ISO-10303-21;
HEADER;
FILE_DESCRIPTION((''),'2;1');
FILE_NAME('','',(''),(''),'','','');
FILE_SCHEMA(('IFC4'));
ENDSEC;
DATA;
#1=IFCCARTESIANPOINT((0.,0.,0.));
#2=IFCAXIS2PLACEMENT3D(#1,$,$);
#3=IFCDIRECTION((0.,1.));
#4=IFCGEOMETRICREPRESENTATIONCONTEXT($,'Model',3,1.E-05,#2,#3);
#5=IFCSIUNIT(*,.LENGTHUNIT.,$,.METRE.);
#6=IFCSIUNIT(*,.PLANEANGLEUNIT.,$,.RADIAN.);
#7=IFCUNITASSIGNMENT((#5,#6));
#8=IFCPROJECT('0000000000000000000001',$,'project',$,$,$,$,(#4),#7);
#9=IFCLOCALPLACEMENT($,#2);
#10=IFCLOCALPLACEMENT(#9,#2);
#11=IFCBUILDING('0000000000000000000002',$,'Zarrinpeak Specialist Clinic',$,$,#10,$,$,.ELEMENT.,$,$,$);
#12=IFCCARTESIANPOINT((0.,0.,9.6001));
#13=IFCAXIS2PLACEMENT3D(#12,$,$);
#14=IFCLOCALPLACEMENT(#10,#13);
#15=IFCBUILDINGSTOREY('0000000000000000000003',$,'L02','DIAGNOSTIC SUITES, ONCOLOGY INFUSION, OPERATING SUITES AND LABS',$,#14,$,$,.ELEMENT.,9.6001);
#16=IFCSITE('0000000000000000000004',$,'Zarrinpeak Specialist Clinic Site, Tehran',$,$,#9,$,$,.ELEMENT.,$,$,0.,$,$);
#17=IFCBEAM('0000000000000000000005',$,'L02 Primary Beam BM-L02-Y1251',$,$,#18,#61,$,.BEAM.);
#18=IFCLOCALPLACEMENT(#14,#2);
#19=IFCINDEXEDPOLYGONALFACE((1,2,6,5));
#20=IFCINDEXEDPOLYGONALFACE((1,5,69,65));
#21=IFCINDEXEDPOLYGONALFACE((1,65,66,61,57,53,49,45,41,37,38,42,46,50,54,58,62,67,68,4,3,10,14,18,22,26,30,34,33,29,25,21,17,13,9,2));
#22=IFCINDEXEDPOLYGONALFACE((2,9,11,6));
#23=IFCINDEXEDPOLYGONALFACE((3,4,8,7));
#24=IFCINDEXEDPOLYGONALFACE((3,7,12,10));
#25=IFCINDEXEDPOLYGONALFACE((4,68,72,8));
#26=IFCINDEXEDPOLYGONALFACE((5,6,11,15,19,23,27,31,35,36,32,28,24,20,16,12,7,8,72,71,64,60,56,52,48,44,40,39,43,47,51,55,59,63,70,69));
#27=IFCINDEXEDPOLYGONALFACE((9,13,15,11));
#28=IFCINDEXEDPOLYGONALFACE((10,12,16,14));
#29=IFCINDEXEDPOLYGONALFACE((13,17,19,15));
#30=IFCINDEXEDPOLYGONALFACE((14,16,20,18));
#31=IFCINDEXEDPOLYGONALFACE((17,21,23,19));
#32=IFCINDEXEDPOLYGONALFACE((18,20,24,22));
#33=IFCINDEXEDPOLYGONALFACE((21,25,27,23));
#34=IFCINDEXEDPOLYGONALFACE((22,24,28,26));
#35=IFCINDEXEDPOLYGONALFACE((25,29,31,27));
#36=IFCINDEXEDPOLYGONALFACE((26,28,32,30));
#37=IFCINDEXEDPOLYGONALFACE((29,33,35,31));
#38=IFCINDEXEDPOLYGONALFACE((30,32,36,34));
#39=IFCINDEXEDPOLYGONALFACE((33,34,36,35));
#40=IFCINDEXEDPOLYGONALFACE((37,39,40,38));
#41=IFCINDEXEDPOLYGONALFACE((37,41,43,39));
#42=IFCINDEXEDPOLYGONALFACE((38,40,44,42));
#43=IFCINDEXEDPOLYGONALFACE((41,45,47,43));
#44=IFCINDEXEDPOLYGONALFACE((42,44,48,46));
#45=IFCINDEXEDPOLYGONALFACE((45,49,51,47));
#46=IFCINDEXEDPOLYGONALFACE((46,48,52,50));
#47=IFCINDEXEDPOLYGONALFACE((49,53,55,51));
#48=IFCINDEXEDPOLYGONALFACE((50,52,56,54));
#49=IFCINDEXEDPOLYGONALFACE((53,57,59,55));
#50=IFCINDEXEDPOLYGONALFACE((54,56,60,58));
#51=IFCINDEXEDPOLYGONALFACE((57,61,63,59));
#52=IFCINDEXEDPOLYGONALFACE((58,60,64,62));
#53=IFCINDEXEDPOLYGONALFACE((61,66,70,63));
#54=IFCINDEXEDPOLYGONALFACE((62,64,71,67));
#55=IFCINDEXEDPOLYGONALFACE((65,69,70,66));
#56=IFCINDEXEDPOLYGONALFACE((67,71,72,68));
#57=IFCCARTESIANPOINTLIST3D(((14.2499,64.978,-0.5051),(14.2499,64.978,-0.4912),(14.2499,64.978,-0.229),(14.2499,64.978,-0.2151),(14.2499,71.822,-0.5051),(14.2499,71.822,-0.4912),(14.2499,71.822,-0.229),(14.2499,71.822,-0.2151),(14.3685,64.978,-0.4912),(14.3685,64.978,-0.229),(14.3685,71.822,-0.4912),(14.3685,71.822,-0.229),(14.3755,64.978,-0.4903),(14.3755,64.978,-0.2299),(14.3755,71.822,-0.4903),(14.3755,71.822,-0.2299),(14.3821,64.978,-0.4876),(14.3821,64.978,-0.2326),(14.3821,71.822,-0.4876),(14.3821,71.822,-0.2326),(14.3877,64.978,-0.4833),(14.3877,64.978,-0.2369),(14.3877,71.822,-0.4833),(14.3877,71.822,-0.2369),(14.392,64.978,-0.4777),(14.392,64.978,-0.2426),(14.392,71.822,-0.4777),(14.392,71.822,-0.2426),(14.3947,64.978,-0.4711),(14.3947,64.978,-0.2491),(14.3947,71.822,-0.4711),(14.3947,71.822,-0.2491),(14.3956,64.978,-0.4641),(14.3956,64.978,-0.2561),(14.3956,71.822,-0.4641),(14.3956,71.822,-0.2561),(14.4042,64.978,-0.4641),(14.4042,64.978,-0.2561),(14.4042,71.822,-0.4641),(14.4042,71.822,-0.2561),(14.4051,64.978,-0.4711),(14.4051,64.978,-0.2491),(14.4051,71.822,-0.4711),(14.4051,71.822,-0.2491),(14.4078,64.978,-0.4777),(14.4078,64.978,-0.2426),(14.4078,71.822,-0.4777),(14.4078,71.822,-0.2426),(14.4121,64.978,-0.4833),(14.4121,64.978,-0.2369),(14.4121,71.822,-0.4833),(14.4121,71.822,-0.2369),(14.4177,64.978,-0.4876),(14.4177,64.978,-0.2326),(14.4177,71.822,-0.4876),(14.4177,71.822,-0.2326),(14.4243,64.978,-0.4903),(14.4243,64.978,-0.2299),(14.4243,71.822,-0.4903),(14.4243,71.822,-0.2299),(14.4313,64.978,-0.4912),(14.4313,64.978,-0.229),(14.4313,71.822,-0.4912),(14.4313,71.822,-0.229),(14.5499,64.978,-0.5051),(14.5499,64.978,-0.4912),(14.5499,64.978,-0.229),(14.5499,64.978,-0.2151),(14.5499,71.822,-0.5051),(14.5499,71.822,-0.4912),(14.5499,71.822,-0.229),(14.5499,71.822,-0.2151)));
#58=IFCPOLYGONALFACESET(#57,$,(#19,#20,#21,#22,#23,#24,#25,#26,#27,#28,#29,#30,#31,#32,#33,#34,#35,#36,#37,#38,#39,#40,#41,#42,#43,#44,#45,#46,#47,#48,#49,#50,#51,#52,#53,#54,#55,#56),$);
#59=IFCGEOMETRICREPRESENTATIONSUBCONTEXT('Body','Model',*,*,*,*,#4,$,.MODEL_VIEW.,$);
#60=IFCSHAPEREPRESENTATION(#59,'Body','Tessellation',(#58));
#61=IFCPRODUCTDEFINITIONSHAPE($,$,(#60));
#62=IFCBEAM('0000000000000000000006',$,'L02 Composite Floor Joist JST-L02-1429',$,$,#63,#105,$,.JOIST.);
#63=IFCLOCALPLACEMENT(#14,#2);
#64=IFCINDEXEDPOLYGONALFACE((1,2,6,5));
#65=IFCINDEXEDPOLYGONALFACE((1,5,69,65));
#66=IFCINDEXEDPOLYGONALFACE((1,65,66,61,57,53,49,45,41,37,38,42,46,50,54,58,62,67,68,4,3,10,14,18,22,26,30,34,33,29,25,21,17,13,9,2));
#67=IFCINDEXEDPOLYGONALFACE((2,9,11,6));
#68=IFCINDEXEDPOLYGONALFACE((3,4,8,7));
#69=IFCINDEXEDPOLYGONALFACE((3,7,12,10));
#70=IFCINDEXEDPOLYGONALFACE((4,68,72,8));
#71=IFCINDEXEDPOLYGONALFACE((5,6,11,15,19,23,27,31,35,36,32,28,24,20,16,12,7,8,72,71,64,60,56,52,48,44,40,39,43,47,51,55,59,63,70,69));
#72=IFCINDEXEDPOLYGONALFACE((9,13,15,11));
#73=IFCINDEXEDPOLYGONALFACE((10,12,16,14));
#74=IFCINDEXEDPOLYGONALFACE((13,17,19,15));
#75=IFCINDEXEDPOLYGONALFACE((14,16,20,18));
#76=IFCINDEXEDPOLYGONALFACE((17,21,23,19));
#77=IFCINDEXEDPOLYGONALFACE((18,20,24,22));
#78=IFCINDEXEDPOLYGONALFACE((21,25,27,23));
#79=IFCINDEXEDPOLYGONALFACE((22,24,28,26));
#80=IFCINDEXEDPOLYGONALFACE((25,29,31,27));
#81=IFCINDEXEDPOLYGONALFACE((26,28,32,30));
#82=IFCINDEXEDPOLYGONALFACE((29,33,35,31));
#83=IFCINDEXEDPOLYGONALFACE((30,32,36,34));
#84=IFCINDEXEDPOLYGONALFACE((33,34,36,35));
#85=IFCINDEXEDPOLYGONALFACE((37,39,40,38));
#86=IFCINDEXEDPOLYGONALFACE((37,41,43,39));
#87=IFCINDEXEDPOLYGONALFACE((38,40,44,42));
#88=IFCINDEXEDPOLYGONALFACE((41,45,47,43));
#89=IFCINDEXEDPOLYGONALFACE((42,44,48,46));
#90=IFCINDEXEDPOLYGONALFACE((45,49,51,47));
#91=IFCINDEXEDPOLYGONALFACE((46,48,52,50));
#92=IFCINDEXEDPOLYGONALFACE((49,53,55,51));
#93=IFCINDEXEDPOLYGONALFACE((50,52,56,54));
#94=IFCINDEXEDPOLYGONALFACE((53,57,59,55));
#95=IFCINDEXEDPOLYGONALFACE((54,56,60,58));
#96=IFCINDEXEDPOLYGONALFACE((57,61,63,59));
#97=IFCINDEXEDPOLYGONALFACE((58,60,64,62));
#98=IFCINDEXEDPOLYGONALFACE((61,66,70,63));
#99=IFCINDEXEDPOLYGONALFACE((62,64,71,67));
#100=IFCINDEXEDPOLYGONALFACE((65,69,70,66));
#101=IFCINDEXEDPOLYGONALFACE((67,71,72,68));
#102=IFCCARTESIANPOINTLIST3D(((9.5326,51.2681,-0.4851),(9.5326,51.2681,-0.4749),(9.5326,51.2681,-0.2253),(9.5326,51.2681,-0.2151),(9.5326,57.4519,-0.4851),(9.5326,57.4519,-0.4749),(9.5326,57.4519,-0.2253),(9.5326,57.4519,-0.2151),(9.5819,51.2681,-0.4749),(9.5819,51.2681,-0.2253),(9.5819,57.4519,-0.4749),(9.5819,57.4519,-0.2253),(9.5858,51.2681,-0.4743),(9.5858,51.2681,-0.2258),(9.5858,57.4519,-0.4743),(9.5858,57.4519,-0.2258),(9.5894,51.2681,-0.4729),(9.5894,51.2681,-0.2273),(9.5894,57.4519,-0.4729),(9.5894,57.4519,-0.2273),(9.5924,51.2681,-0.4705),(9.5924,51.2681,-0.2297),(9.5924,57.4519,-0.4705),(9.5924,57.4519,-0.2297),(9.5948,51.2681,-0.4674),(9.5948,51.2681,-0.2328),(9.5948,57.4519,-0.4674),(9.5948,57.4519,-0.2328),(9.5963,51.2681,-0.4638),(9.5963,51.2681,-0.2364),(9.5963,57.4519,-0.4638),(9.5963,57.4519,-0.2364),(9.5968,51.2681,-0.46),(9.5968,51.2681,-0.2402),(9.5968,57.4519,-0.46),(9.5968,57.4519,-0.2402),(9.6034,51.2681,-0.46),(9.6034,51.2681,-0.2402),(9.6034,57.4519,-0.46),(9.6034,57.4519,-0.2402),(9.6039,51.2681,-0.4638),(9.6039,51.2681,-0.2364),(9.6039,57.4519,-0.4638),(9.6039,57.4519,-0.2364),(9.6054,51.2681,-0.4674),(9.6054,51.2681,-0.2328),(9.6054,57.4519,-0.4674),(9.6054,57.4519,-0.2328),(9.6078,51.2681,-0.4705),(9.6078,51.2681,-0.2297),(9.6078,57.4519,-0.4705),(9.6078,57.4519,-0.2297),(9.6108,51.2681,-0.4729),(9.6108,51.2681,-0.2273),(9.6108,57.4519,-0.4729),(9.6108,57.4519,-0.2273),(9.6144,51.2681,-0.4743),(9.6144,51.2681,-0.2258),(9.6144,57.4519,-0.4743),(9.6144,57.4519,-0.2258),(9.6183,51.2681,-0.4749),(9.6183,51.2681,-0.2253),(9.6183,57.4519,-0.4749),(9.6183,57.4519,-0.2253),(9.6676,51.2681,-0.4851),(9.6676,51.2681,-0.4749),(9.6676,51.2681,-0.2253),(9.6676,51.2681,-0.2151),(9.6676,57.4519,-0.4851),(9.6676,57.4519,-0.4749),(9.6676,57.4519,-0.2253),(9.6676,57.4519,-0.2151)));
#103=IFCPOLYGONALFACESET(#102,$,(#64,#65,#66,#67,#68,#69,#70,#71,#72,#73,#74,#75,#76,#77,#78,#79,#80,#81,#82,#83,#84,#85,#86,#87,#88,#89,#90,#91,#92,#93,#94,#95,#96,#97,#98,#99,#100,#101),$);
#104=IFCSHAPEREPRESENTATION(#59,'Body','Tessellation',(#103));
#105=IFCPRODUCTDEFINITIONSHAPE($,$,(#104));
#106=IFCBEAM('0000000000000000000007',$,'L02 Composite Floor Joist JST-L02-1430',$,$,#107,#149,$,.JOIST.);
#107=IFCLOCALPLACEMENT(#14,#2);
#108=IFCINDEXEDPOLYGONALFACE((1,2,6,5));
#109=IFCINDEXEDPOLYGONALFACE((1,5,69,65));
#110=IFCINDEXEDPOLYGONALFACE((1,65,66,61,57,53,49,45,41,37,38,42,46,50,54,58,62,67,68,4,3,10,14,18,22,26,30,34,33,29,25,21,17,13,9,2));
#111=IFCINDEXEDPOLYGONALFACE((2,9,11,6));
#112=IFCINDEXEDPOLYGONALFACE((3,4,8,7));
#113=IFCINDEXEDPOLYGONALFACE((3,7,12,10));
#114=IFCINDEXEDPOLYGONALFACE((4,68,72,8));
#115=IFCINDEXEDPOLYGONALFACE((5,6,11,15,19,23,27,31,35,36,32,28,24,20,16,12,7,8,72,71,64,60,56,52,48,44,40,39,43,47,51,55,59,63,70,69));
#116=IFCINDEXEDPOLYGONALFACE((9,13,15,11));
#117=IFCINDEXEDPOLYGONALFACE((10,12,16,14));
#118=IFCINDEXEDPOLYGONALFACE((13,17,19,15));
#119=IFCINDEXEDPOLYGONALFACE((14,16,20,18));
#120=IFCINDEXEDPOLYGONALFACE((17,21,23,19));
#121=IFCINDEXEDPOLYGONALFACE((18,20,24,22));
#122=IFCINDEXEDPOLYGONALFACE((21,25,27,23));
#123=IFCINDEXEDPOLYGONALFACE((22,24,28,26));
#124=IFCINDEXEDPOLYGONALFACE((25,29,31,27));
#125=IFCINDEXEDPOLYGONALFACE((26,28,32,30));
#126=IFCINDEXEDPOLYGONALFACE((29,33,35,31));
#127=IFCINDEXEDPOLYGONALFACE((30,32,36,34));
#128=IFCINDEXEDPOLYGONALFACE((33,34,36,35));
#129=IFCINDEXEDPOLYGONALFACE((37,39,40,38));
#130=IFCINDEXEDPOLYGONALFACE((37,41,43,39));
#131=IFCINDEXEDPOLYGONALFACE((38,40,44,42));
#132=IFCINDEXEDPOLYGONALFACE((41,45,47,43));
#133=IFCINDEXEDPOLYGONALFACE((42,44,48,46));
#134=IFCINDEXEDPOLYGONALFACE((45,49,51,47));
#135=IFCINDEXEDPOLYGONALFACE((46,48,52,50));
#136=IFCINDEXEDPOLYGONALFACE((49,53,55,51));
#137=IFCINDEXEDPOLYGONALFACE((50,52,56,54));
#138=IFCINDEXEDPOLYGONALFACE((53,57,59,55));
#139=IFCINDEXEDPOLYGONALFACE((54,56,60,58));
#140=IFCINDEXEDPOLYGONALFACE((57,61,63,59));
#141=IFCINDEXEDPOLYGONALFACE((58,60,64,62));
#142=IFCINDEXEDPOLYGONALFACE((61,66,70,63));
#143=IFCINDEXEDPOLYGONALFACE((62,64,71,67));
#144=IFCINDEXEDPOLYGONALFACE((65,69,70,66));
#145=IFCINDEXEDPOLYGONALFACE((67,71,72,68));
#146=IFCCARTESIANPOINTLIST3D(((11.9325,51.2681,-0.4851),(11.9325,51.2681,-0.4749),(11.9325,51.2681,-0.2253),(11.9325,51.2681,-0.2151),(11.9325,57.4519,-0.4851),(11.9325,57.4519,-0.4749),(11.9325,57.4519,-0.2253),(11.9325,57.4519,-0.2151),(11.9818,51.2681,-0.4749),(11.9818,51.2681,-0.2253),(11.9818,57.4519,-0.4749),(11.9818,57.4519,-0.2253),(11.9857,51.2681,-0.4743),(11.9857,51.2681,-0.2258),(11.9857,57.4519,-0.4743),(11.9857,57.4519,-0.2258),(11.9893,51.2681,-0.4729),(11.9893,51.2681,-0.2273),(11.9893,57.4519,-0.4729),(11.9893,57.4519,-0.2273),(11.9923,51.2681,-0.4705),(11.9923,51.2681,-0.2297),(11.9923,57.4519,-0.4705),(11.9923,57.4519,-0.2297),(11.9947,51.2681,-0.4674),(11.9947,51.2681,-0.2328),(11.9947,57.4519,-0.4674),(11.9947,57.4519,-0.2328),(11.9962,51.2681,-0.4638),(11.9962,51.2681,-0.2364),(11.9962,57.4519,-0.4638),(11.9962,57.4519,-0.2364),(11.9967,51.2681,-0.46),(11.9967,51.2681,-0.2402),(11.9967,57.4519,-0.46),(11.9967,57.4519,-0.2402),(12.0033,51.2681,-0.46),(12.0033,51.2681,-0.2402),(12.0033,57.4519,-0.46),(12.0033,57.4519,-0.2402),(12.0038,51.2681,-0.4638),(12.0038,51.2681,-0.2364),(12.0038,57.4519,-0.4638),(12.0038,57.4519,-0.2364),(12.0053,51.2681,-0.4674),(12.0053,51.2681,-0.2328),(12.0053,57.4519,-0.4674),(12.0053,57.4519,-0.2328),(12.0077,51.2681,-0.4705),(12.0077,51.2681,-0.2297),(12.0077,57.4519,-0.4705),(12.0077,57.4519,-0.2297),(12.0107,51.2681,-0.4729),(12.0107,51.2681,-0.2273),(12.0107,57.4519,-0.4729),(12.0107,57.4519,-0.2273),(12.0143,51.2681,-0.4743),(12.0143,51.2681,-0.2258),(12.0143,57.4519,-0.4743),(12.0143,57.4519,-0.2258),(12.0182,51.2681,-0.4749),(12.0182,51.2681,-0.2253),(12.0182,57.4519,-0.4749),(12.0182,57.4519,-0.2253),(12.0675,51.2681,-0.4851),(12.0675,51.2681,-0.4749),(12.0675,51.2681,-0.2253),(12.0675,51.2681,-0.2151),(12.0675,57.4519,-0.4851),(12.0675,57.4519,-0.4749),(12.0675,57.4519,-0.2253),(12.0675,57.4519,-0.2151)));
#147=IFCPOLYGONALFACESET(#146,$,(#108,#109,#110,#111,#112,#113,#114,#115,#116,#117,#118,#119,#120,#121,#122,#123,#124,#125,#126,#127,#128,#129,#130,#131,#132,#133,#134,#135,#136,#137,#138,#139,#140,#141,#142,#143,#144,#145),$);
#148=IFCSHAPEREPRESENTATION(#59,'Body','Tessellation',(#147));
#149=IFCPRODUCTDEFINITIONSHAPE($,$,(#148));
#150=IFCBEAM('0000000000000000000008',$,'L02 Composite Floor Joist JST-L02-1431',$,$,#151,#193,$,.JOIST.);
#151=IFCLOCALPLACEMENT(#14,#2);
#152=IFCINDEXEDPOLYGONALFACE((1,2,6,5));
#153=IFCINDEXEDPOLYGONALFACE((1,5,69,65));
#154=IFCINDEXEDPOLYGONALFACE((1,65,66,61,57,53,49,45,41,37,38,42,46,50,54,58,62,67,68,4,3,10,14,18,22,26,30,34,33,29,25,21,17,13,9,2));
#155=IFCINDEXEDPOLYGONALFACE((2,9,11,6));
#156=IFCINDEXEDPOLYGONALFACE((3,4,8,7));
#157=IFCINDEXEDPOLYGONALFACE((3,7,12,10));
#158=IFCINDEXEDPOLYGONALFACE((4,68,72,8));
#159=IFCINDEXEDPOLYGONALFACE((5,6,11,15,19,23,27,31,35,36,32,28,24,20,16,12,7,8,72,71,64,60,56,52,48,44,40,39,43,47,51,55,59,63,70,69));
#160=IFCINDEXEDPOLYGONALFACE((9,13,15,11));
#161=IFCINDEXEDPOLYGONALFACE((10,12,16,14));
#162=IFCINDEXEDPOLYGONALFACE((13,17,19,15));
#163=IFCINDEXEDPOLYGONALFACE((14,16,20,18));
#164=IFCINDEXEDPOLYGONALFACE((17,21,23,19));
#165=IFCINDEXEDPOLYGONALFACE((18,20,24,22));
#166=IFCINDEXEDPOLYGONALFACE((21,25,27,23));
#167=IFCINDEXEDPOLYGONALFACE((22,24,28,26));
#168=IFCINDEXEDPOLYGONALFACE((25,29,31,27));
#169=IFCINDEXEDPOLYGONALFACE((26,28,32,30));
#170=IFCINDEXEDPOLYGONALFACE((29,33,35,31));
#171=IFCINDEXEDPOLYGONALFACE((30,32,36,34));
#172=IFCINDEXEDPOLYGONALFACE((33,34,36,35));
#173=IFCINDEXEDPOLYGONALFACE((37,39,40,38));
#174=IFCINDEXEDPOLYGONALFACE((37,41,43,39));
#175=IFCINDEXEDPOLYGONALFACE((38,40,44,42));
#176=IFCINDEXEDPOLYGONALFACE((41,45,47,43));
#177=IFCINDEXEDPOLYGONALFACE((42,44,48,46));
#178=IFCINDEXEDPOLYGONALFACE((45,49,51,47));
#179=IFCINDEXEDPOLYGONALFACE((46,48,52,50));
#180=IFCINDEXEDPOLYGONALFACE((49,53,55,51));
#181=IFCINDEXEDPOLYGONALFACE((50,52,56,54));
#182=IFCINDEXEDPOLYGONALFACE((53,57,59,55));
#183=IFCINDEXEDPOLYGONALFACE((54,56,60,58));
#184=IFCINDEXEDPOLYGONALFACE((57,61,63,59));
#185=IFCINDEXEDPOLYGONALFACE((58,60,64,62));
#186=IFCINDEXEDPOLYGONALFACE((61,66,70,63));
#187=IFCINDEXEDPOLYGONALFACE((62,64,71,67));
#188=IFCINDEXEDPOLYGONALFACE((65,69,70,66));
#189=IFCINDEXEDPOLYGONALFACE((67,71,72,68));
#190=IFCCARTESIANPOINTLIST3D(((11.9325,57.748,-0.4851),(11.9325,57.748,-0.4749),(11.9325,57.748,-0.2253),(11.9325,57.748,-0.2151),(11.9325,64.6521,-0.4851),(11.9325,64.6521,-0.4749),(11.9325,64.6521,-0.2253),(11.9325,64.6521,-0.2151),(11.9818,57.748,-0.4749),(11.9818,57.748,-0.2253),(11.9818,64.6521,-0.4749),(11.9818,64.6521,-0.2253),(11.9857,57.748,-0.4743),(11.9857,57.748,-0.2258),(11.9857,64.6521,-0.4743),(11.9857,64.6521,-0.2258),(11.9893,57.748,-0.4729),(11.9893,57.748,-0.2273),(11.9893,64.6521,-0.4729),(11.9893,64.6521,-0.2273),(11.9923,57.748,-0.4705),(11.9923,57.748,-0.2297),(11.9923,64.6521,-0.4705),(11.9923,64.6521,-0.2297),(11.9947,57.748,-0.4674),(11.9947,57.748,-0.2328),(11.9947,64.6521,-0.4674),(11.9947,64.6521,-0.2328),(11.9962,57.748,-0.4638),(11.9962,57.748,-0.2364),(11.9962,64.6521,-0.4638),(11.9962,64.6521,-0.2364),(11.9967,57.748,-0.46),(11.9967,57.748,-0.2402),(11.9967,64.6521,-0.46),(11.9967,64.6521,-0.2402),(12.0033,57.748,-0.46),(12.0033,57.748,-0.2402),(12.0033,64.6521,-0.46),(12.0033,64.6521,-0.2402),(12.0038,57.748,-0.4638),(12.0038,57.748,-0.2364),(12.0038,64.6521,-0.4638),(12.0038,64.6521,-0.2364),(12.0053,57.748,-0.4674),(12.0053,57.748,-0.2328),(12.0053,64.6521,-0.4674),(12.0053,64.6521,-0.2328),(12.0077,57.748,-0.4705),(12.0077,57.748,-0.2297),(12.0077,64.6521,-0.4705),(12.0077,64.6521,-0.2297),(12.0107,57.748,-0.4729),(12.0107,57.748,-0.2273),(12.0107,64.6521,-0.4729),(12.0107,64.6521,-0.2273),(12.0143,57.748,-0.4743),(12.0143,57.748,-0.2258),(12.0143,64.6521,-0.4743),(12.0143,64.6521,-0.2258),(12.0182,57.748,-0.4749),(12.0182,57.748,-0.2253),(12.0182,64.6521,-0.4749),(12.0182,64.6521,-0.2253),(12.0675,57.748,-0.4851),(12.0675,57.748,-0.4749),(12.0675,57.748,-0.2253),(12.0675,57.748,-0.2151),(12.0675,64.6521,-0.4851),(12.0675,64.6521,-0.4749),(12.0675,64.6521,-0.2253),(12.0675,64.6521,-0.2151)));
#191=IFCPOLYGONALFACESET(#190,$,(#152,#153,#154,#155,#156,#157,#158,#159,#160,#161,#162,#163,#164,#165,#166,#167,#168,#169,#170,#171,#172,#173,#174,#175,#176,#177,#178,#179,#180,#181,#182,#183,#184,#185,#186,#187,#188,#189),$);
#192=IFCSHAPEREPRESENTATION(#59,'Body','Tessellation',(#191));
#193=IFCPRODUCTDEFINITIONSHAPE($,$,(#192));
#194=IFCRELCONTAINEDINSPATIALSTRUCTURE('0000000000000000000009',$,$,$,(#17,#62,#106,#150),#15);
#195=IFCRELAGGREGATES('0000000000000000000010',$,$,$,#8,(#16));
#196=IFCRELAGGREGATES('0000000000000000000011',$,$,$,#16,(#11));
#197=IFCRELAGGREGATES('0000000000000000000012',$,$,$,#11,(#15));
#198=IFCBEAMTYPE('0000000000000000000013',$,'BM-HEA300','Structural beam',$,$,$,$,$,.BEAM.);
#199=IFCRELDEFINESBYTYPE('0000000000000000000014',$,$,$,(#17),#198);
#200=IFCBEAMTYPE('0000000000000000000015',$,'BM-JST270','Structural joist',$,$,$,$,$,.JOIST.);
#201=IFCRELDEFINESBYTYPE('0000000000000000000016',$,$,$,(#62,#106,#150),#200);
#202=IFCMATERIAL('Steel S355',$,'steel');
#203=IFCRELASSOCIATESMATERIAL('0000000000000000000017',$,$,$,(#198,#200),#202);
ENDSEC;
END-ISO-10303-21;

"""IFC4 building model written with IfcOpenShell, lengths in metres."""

from ifc_helpers import new_model, si_unit, direction, frame, origin, origin_2d, place, context, subcontext, project, spatial, i_section, extrude, material, material_profile, profile_set, type_object, element, save


model = new_model("IFC4")

# Units and contexts
model_context = context("Model", 3, precision=1e-05, world=origin(), true_north=direction((0.0, 1.0)))
body_context = subcontext(model_context, "Body", "Model", "MODEL_VIEW")
ifc_project = project(units=[si_unit("LENGTHUNIT", "METRE"), si_unit("PLANEANGLEUNIT", "RADIAN")], contexts=[model_context])

# Site, building, storey
site_placement = place(None, origin())
site = spatial("IfcSite", under=ifc_project, at=site_placement, Name="Zarrinpeak Specialist Clinic Site, Tehran", CompositionType="ELEMENT", RefElevation=0.0)
building_placement = place(site_placement, origin())
building = spatial("IfcBuilding", under=site, at=building_placement, Name="Zarrinpeak Specialist Clinic", CompositionType="ELEMENT")
storey_placement = place(building_placement, frame((0.0, 0.0, 9.6001)))
storey = spatial("IfcBuildingStorey", under=building, at=storey_placement, Name="L02", Description="DIAGNOSTIC SUITES, ONCOLOGY INFUSION, OPERATING SUITES AND LABS", CompositionType="ELEMENT", Elevation=9.6001)

# Shared definitions
ifc_material_1 = material(Name="Steel S355", Category="steel")

# Beams
ifc_material_profile_1 = material_profile(ifc_material_1, i_section(OverallWidth=0.3, OverallDepth=0.29, WebThickness=0.0085, FlangeThickness=0.0139, FilletRadius=0.0271, at=origin_2d()), Name="HEA 300")
ifc_profile_set_1 = profile_set([ifc_material_profile_1], Name="Steel S355")
beam_type_1 = type_object("IfcBeamType", Name="BM-HEA300", Description="Structural beam", PredefinedType="BEAM", material=ifc_profile_set_1)
for number, where, z_axis, x_axis, name in (
    (1, (14.3999, 64.978, -0.3601), (0.0, 1.0, 0.0), (-1.0, 0.0, 0.0), "L02 Primary Beam BM-L02-Y1251"),
):
    element("IfcBeam", number, at=place(storey_placement, frame(where, z_axis=z_axis, x_axis=x_axis)), inside=storey, type_object=beam_type_1, Name=name, PredefinedType="BEAM", context=body_context, shape_type="SweptSolid", body=[
        extrude(i_section(OverallWidth=0.3, OverallDepth=0.29, WebThickness=0.0085, FlangeThickness=0.0139, FilletRadius=0.0271, at=origin_2d()), origin(), (0.0, 0.0, 1.0), 6.844),
    ])
ifc_material_profile_2 = material_profile(ifc_material_1, i_section(OverallWidth=0.135, OverallDepth=0.27, WebThickness=0.0066, FlangeThickness=0.0103, FilletRadius=0.0149, at=origin_2d()), Name="IPE 270")
ifc_profile_set_2 = profile_set([ifc_material_profile_2], Name="Steel S355")
beam_type_2 = type_object("IfcBeamType", Name="BM-JST270", Description="Structural joist", PredefinedType="JOIST", material=ifc_profile_set_2)
for number, where, z_axis, x_axis, name in (
    (2, (9.6001, 51.2681, -0.3501), (0.0, 1.0, 0.0), (-1.0, 0.0, 0.0), "L02 Composite Floor Joist JST-L02-1429"),
    (3, (12.0, 51.2681, -0.3501), (0.0, 1.0, 0.0), (-1.0, 0.0, 0.0), "L02 Composite Floor Joist JST-L02-1430"),
):
    element("IfcBeam", number, at=place(storey_placement, frame(where, z_axis=z_axis, x_axis=x_axis)), inside=storey, type_object=beam_type_2, Name=name, PredefinedType="JOIST", context=body_context, shape_type="SweptSolid", body=[
        extrude(i_section(OverallWidth=0.135, OverallDepth=0.27, WebThickness=0.0066, FlangeThickness=0.0103, FilletRadius=0.0149, at=origin_2d()), origin(), (0.0, 0.0, 1.0), 6.1838),
    ])
for number, where, z_axis, x_axis, name in (
    (4, (12.0, 57.748, -0.3501), (0.0, 1.0, 0.0), (-1.0, 0.0, 0.0), "L02 Composite Floor Joist JST-L02-1431"),
):
    element("IfcBeam", number, at=place(storey_placement, frame(where, z_axis=z_axis, x_axis=x_axis)), inside=storey, type_object=beam_type_2, Name=name, PredefinedType="JOIST", context=body_context, shape_type="SweptSolid", body=[
        extrude(i_section(OverallWidth=0.135, OverallDepth=0.27, WebThickness=0.0066, FlangeThickness=0.0103, FilletRadius=0.0149, at=origin_2d()), origin(), (0.0, 0.0, 1.0), 6.9041),
    ])

save(model, "model.ifc")
